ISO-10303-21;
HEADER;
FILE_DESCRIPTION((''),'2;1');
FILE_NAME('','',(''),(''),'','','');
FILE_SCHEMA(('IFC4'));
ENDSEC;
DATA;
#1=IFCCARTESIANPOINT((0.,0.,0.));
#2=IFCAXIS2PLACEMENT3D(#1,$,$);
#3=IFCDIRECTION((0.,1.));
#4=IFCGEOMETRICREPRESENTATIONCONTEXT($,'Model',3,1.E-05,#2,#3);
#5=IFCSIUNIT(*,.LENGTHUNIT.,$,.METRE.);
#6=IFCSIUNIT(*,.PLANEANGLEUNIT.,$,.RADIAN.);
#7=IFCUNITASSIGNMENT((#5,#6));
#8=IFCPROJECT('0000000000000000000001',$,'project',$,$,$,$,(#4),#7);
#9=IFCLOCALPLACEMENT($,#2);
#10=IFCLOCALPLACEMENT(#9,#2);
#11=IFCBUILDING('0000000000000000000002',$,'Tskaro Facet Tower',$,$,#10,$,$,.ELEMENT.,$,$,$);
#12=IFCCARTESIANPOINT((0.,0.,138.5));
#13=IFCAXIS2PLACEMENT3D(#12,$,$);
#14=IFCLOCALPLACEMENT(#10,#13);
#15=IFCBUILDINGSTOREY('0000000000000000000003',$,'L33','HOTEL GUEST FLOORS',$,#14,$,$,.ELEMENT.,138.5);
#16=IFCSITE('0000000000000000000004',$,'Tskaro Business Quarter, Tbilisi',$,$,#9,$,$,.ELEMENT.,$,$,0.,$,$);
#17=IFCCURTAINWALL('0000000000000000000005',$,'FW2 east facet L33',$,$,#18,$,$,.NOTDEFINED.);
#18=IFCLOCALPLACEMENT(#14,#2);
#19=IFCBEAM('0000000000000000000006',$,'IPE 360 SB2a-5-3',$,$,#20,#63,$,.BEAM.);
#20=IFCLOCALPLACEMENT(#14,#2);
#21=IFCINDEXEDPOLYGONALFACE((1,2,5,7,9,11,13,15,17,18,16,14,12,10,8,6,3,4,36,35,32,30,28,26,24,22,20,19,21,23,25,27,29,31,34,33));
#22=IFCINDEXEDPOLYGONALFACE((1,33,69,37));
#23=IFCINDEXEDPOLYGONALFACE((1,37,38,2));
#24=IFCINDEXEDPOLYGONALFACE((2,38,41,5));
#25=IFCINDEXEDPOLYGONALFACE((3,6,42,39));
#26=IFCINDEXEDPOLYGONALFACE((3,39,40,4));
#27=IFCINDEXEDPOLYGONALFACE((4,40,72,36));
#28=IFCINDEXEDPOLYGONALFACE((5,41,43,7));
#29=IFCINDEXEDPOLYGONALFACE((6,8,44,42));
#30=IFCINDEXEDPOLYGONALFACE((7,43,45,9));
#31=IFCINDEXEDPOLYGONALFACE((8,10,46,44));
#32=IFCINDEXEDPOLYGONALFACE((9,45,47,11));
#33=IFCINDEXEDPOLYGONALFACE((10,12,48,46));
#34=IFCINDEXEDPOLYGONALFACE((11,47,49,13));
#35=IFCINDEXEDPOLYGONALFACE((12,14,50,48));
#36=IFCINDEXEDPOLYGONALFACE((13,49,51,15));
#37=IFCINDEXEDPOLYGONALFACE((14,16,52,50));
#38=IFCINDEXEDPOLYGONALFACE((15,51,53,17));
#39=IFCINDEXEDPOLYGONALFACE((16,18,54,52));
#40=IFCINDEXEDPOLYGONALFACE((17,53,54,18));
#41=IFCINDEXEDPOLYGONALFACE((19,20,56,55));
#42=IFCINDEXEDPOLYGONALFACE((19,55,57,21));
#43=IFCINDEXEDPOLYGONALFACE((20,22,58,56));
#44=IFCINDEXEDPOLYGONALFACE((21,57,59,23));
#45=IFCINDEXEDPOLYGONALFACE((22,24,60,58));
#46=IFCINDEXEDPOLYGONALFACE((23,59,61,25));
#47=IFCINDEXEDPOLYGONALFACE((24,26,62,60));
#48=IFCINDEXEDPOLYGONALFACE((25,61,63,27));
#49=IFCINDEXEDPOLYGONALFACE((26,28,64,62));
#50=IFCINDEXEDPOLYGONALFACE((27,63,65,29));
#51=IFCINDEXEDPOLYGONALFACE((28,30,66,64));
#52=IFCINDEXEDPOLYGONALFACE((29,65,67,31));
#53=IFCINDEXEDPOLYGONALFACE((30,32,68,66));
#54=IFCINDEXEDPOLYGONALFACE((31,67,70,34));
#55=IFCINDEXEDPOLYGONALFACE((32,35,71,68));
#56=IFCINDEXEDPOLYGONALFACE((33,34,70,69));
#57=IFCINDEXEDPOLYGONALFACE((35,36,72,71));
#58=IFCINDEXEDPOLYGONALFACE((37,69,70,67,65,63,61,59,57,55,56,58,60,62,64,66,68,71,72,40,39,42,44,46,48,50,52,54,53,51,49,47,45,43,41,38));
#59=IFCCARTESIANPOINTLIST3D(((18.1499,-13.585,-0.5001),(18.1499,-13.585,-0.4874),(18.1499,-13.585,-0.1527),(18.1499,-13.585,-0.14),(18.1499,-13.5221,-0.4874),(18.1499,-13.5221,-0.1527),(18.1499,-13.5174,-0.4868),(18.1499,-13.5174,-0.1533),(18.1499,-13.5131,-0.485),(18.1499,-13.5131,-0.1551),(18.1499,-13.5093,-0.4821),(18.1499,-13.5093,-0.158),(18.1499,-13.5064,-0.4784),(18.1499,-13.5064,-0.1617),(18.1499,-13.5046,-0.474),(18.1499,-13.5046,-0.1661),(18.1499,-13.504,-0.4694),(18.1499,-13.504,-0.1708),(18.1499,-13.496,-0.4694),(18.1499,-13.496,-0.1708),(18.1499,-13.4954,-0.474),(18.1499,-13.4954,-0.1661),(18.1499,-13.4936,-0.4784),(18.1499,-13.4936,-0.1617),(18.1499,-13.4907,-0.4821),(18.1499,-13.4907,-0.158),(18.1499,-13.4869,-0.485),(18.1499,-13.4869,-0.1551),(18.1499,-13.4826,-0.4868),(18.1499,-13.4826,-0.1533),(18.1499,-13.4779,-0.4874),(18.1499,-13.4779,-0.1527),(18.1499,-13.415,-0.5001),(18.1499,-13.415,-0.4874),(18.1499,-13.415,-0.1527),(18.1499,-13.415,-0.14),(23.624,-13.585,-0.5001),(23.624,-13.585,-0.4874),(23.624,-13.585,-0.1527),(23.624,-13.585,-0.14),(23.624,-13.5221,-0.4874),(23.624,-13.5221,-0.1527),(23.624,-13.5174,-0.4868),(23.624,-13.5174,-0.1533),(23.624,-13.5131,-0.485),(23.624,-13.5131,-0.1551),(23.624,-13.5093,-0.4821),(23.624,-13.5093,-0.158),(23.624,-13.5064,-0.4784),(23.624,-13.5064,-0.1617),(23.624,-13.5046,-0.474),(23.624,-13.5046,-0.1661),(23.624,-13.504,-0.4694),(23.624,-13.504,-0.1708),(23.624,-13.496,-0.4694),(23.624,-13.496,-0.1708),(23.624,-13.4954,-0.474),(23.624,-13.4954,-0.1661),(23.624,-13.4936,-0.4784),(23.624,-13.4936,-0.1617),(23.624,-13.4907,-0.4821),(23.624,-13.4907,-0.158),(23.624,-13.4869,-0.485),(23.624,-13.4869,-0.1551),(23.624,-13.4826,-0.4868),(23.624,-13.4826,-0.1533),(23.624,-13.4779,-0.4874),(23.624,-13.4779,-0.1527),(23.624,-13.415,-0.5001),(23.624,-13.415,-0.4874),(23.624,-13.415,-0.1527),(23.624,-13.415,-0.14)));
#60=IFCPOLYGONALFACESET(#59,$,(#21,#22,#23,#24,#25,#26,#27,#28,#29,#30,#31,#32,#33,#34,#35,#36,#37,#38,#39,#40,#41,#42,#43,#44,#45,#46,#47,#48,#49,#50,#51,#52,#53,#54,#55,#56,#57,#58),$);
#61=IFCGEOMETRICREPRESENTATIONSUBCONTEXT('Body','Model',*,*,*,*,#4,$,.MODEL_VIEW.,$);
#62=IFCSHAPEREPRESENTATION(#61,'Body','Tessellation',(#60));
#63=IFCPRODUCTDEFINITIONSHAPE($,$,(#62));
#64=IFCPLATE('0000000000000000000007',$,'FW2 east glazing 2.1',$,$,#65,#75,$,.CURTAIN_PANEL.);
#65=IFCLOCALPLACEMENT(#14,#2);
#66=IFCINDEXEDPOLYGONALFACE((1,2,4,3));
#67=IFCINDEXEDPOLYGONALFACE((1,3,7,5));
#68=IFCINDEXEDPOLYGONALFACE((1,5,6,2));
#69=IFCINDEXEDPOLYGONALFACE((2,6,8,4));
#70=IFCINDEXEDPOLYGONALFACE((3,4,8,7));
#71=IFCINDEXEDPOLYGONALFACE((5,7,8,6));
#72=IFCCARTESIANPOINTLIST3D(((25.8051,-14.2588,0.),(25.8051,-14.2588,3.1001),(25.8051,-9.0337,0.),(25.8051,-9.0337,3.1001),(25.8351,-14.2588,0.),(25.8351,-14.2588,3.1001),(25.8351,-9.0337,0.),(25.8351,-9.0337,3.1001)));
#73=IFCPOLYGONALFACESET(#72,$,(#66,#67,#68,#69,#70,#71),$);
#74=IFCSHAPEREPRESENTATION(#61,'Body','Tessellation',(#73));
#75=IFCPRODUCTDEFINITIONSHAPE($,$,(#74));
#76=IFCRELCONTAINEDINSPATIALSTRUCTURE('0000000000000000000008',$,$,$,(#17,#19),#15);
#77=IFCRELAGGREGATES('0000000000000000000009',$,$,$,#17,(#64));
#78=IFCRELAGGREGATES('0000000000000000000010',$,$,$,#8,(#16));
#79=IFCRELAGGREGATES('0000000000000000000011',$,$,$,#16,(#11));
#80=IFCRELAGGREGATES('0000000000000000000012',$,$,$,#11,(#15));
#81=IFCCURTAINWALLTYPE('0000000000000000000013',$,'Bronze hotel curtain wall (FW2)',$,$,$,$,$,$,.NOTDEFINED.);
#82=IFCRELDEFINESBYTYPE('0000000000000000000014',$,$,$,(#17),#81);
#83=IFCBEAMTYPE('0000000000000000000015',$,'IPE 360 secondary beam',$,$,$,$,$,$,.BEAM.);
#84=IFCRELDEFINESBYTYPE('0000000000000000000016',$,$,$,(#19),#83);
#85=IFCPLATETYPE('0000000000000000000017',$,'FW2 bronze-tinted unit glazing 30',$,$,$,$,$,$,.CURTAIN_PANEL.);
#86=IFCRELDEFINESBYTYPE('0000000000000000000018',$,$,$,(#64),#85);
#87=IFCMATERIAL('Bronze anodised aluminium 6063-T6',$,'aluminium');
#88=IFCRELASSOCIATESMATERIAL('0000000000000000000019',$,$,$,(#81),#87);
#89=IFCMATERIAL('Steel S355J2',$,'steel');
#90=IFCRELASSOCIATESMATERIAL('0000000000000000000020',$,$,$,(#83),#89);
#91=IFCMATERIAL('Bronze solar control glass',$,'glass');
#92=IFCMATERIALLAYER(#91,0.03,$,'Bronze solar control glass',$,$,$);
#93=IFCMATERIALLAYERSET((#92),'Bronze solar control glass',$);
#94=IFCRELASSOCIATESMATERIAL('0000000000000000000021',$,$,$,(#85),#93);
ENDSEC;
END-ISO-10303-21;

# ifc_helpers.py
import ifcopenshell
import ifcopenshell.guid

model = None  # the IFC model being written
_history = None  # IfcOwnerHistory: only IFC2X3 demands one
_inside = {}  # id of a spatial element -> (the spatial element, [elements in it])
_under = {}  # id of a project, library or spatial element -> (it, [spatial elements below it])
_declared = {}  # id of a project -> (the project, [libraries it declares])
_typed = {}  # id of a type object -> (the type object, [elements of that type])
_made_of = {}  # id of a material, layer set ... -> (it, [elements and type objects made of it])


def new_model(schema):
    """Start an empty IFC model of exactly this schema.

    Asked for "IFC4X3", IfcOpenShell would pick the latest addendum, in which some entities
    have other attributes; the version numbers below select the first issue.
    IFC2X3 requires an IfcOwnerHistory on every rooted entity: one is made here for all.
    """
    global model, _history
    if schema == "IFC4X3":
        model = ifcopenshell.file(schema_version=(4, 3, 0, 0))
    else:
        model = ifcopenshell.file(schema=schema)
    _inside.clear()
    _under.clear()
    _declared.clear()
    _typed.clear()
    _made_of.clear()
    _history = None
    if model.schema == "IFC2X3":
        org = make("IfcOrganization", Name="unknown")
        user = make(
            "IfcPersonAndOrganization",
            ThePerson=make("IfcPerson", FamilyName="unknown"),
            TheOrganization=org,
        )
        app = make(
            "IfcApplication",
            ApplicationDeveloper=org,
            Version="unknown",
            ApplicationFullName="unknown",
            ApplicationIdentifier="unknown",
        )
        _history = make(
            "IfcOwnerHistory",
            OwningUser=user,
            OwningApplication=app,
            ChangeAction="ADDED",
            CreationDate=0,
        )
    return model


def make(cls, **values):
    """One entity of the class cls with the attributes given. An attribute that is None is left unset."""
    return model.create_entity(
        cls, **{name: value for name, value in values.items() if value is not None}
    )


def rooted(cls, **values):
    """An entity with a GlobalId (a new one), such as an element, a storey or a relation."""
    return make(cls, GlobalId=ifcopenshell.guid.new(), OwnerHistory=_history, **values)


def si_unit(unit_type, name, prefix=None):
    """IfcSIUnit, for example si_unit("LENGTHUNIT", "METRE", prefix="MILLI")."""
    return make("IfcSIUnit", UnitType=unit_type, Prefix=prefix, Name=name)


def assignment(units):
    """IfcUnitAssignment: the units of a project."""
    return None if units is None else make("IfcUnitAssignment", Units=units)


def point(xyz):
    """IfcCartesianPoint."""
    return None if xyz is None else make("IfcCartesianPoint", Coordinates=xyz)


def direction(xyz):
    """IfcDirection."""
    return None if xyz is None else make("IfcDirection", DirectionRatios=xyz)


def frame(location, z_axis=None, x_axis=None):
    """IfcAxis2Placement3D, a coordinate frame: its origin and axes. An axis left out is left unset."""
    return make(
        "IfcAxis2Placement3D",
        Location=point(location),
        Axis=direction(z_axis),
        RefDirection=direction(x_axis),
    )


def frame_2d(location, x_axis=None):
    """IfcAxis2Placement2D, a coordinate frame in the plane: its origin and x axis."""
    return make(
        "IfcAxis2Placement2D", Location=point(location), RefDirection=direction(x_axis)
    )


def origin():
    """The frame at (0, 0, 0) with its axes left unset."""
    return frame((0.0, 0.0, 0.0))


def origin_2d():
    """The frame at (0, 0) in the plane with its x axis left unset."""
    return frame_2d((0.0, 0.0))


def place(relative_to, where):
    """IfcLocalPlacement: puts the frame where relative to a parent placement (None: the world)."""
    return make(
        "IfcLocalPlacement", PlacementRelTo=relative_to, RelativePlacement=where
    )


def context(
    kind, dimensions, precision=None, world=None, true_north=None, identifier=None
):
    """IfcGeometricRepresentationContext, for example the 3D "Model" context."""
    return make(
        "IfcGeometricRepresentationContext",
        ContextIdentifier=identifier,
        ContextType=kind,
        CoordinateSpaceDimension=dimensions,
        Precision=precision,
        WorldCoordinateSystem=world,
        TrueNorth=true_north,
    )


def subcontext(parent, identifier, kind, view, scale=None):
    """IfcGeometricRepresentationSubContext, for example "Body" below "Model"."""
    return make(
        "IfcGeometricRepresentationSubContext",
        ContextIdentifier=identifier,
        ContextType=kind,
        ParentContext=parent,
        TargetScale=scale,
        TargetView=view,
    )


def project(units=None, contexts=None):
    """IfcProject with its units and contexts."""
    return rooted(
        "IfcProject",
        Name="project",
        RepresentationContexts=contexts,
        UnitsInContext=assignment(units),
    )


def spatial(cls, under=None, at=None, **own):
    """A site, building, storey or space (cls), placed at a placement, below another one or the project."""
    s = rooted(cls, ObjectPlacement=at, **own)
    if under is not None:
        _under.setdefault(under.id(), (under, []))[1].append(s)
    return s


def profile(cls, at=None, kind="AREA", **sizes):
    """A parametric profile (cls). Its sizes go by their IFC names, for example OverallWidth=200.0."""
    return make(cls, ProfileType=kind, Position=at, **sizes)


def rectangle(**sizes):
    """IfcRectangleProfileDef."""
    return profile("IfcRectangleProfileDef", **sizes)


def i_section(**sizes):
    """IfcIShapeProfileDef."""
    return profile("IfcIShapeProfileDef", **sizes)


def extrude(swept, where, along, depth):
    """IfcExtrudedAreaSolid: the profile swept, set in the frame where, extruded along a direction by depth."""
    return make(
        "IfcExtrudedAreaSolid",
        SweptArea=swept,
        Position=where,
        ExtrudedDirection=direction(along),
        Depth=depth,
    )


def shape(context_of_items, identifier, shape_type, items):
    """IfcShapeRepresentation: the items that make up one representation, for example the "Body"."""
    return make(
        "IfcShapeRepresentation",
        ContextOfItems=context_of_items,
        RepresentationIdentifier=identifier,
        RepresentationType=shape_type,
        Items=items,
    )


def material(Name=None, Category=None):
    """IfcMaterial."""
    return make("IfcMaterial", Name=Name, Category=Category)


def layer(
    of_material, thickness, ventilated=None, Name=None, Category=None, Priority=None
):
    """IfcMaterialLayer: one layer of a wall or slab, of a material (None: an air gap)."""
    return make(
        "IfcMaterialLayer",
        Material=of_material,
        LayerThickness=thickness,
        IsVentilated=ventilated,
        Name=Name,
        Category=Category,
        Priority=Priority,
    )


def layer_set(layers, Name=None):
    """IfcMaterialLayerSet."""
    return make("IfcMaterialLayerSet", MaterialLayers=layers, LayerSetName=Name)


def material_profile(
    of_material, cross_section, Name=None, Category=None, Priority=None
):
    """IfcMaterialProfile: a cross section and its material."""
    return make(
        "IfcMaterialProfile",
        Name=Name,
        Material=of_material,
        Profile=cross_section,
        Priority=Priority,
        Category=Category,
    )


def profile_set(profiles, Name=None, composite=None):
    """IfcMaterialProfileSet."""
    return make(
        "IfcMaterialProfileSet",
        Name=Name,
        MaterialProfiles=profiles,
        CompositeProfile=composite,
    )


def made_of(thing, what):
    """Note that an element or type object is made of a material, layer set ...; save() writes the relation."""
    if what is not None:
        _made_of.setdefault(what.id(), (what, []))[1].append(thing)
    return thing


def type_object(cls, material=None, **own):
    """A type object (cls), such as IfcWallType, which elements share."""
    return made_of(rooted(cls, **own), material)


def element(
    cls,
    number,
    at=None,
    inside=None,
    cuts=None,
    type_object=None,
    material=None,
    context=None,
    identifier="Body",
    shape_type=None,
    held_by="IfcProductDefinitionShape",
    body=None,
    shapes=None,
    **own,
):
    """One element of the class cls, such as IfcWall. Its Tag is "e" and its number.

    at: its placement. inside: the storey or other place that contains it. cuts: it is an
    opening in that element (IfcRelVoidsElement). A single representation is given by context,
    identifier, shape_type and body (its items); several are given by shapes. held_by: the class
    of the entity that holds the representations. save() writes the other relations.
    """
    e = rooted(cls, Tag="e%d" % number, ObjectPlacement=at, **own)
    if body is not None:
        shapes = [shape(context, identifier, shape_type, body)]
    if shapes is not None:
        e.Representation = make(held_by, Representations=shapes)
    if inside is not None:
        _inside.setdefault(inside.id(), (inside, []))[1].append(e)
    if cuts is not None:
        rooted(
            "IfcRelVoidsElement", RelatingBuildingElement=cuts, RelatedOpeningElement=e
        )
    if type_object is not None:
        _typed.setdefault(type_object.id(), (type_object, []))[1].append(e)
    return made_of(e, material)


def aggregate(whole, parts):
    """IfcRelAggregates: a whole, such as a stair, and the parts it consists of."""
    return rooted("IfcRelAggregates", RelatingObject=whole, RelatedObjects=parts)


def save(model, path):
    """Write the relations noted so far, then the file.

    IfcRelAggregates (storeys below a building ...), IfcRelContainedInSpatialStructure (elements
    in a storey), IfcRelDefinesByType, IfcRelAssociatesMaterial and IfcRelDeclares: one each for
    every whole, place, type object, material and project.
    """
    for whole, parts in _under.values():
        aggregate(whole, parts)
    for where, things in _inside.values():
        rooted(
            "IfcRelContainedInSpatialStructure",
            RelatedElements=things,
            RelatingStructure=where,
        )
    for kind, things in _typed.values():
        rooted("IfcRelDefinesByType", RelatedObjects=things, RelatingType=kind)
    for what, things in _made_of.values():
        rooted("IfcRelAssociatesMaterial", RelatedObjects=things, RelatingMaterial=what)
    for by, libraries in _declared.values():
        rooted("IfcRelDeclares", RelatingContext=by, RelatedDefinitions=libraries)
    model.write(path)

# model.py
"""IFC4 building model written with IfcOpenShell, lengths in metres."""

from ifc_helpers import new_model, si_unit, direction, frame, origin, origin_2d, place, context, subcontext, project, spatial, rectangle, i_section, extrude, material, layer, layer_set, material_profile, profile_set, type_object, element, aggregate, save


model = new_model("IFC4")

# Units and contexts
model_context = context("Model", 3, precision=1e-05, world=origin(), true_north=direction((0.0, 1.0)))
body_context = subcontext(model_context, "Body", "Model", "MODEL_VIEW")
ifc_project = project(units=[si_unit("LENGTHUNIT", "METRE"), si_unit("PLANEANGLEUNIT", "RADIAN")], contexts=[model_context])

# Site, building, storey
site_placement = place(None, origin())
site = spatial("IfcSite", under=ifc_project, at=site_placement, Name="Tskaro Business Quarter, Tbilisi", CompositionType="ELEMENT", RefElevation=0.0)
building_placement = place(site_placement, origin())
building = spatial("IfcBuilding", under=site, at=building_placement, Name="Tskaro Facet Tower", CompositionType="ELEMENT")
storey_placement = place(building_placement, frame((0.0, 0.0, 138.5)))
storey = spatial("IfcBuildingStorey", under=building, at=storey_placement, Name="L33", Description="HOTEL GUEST FLOORS", CompositionType="ELEMENT", Elevation=138.5)

# Curtain wall
ifc_material_1 = material(Name="Bronze anodised aluminium 6063-T6", Category="aluminium")
curtain_wall_type = type_object("IfcCurtainWallType", Name="Bronze hotel curtain wall (FW2)", PredefinedType="NOTDEFINED", material=ifc_material_1)
curtain_wall_placement = place(storey_placement, origin())
curtain_wall = element("IfcCurtainWall", 1, at=curtain_wall_placement, inside=storey, type_object=curtain_wall_type, Name="FW2 east facet L33", PredefinedType="NOTDEFINED")

# Beam
ifc_material_2 = material(Name="Steel S355J2", Category="steel")
ifc_material_profile_1 = material_profile(ifc_material_2, i_section(OverallWidth=0.1699, OverallDepth=0.3601, WebThickness=0.0081, FlangeThickness=0.0127, FilletRadius=0.0181, at=origin_2d()), Name="IPE 360")
ifc_profile_set_1 = profile_set([ifc_material_profile_1], Name="Steel S355J2")
beam_type_1 = type_object("IfcBeamType", Name="IPE 360 secondary beam", PredefinedType="BEAM", material=ifc_profile_set_1)
beam_1_placement = place(storey_placement, frame((18.1499, -13.5, -0.3201), z_axis=(1.0, 0.0, 0.0), x_axis=(0.0, 1.0, 0.0)))
element("IfcBeam", 2, at=beam_1_placement, inside=storey, type_object=beam_type_1, Name="IPE 360 SB2a-5-3", PredefinedType="BEAM", context=body_context, shape_type="SweptSolid", body=[
    extrude(i_section(OverallWidth=0.1699, OverallDepth=0.3601, WebThickness=0.0081, FlangeThickness=0.0127, FilletRadius=0.0181, at=origin_2d()), origin(), (0.0, 0.0, 1.0), 5.4741),
])

# Plate
ifc_material_3 = material(Name="Bronze solar control glass", Category="glass")
ifc_layer_1 = layer(ifc_material_3, 0.03, Name="Bronze solar control glass")
ifc_layer_set_1 = layer_set([ifc_layer_1], Name="Bronze solar control glass")
plate_type = type_object("IfcPlateType", Name="FW2 bronze-tinted unit glazing 30", PredefinedType="CURTAIN_PANEL", material=ifc_layer_set_1)
plate_placement = place(storey_placement, frame((25.8201, -11.6462, 0.0), z_axis=(0.0, 0.0, 1.0), x_axis=(0.0, 1.0, 0.0)))
plate = element("IfcPlate", 3, at=plate_placement, type_object=plate_type, Name="FW2 east glazing 2.1", PredefinedType="CURTAIN_PANEL", context=body_context, shape_type="SweptSolid", body=[
    extrude(rectangle(XDim=5.2251, YDim=0.03, at=origin_2d()), origin(), (0.0, 0.0, 1.0), 3.1001),
])
aggregate(curtain_wall, [plate])

save(model, "model.ifc")
